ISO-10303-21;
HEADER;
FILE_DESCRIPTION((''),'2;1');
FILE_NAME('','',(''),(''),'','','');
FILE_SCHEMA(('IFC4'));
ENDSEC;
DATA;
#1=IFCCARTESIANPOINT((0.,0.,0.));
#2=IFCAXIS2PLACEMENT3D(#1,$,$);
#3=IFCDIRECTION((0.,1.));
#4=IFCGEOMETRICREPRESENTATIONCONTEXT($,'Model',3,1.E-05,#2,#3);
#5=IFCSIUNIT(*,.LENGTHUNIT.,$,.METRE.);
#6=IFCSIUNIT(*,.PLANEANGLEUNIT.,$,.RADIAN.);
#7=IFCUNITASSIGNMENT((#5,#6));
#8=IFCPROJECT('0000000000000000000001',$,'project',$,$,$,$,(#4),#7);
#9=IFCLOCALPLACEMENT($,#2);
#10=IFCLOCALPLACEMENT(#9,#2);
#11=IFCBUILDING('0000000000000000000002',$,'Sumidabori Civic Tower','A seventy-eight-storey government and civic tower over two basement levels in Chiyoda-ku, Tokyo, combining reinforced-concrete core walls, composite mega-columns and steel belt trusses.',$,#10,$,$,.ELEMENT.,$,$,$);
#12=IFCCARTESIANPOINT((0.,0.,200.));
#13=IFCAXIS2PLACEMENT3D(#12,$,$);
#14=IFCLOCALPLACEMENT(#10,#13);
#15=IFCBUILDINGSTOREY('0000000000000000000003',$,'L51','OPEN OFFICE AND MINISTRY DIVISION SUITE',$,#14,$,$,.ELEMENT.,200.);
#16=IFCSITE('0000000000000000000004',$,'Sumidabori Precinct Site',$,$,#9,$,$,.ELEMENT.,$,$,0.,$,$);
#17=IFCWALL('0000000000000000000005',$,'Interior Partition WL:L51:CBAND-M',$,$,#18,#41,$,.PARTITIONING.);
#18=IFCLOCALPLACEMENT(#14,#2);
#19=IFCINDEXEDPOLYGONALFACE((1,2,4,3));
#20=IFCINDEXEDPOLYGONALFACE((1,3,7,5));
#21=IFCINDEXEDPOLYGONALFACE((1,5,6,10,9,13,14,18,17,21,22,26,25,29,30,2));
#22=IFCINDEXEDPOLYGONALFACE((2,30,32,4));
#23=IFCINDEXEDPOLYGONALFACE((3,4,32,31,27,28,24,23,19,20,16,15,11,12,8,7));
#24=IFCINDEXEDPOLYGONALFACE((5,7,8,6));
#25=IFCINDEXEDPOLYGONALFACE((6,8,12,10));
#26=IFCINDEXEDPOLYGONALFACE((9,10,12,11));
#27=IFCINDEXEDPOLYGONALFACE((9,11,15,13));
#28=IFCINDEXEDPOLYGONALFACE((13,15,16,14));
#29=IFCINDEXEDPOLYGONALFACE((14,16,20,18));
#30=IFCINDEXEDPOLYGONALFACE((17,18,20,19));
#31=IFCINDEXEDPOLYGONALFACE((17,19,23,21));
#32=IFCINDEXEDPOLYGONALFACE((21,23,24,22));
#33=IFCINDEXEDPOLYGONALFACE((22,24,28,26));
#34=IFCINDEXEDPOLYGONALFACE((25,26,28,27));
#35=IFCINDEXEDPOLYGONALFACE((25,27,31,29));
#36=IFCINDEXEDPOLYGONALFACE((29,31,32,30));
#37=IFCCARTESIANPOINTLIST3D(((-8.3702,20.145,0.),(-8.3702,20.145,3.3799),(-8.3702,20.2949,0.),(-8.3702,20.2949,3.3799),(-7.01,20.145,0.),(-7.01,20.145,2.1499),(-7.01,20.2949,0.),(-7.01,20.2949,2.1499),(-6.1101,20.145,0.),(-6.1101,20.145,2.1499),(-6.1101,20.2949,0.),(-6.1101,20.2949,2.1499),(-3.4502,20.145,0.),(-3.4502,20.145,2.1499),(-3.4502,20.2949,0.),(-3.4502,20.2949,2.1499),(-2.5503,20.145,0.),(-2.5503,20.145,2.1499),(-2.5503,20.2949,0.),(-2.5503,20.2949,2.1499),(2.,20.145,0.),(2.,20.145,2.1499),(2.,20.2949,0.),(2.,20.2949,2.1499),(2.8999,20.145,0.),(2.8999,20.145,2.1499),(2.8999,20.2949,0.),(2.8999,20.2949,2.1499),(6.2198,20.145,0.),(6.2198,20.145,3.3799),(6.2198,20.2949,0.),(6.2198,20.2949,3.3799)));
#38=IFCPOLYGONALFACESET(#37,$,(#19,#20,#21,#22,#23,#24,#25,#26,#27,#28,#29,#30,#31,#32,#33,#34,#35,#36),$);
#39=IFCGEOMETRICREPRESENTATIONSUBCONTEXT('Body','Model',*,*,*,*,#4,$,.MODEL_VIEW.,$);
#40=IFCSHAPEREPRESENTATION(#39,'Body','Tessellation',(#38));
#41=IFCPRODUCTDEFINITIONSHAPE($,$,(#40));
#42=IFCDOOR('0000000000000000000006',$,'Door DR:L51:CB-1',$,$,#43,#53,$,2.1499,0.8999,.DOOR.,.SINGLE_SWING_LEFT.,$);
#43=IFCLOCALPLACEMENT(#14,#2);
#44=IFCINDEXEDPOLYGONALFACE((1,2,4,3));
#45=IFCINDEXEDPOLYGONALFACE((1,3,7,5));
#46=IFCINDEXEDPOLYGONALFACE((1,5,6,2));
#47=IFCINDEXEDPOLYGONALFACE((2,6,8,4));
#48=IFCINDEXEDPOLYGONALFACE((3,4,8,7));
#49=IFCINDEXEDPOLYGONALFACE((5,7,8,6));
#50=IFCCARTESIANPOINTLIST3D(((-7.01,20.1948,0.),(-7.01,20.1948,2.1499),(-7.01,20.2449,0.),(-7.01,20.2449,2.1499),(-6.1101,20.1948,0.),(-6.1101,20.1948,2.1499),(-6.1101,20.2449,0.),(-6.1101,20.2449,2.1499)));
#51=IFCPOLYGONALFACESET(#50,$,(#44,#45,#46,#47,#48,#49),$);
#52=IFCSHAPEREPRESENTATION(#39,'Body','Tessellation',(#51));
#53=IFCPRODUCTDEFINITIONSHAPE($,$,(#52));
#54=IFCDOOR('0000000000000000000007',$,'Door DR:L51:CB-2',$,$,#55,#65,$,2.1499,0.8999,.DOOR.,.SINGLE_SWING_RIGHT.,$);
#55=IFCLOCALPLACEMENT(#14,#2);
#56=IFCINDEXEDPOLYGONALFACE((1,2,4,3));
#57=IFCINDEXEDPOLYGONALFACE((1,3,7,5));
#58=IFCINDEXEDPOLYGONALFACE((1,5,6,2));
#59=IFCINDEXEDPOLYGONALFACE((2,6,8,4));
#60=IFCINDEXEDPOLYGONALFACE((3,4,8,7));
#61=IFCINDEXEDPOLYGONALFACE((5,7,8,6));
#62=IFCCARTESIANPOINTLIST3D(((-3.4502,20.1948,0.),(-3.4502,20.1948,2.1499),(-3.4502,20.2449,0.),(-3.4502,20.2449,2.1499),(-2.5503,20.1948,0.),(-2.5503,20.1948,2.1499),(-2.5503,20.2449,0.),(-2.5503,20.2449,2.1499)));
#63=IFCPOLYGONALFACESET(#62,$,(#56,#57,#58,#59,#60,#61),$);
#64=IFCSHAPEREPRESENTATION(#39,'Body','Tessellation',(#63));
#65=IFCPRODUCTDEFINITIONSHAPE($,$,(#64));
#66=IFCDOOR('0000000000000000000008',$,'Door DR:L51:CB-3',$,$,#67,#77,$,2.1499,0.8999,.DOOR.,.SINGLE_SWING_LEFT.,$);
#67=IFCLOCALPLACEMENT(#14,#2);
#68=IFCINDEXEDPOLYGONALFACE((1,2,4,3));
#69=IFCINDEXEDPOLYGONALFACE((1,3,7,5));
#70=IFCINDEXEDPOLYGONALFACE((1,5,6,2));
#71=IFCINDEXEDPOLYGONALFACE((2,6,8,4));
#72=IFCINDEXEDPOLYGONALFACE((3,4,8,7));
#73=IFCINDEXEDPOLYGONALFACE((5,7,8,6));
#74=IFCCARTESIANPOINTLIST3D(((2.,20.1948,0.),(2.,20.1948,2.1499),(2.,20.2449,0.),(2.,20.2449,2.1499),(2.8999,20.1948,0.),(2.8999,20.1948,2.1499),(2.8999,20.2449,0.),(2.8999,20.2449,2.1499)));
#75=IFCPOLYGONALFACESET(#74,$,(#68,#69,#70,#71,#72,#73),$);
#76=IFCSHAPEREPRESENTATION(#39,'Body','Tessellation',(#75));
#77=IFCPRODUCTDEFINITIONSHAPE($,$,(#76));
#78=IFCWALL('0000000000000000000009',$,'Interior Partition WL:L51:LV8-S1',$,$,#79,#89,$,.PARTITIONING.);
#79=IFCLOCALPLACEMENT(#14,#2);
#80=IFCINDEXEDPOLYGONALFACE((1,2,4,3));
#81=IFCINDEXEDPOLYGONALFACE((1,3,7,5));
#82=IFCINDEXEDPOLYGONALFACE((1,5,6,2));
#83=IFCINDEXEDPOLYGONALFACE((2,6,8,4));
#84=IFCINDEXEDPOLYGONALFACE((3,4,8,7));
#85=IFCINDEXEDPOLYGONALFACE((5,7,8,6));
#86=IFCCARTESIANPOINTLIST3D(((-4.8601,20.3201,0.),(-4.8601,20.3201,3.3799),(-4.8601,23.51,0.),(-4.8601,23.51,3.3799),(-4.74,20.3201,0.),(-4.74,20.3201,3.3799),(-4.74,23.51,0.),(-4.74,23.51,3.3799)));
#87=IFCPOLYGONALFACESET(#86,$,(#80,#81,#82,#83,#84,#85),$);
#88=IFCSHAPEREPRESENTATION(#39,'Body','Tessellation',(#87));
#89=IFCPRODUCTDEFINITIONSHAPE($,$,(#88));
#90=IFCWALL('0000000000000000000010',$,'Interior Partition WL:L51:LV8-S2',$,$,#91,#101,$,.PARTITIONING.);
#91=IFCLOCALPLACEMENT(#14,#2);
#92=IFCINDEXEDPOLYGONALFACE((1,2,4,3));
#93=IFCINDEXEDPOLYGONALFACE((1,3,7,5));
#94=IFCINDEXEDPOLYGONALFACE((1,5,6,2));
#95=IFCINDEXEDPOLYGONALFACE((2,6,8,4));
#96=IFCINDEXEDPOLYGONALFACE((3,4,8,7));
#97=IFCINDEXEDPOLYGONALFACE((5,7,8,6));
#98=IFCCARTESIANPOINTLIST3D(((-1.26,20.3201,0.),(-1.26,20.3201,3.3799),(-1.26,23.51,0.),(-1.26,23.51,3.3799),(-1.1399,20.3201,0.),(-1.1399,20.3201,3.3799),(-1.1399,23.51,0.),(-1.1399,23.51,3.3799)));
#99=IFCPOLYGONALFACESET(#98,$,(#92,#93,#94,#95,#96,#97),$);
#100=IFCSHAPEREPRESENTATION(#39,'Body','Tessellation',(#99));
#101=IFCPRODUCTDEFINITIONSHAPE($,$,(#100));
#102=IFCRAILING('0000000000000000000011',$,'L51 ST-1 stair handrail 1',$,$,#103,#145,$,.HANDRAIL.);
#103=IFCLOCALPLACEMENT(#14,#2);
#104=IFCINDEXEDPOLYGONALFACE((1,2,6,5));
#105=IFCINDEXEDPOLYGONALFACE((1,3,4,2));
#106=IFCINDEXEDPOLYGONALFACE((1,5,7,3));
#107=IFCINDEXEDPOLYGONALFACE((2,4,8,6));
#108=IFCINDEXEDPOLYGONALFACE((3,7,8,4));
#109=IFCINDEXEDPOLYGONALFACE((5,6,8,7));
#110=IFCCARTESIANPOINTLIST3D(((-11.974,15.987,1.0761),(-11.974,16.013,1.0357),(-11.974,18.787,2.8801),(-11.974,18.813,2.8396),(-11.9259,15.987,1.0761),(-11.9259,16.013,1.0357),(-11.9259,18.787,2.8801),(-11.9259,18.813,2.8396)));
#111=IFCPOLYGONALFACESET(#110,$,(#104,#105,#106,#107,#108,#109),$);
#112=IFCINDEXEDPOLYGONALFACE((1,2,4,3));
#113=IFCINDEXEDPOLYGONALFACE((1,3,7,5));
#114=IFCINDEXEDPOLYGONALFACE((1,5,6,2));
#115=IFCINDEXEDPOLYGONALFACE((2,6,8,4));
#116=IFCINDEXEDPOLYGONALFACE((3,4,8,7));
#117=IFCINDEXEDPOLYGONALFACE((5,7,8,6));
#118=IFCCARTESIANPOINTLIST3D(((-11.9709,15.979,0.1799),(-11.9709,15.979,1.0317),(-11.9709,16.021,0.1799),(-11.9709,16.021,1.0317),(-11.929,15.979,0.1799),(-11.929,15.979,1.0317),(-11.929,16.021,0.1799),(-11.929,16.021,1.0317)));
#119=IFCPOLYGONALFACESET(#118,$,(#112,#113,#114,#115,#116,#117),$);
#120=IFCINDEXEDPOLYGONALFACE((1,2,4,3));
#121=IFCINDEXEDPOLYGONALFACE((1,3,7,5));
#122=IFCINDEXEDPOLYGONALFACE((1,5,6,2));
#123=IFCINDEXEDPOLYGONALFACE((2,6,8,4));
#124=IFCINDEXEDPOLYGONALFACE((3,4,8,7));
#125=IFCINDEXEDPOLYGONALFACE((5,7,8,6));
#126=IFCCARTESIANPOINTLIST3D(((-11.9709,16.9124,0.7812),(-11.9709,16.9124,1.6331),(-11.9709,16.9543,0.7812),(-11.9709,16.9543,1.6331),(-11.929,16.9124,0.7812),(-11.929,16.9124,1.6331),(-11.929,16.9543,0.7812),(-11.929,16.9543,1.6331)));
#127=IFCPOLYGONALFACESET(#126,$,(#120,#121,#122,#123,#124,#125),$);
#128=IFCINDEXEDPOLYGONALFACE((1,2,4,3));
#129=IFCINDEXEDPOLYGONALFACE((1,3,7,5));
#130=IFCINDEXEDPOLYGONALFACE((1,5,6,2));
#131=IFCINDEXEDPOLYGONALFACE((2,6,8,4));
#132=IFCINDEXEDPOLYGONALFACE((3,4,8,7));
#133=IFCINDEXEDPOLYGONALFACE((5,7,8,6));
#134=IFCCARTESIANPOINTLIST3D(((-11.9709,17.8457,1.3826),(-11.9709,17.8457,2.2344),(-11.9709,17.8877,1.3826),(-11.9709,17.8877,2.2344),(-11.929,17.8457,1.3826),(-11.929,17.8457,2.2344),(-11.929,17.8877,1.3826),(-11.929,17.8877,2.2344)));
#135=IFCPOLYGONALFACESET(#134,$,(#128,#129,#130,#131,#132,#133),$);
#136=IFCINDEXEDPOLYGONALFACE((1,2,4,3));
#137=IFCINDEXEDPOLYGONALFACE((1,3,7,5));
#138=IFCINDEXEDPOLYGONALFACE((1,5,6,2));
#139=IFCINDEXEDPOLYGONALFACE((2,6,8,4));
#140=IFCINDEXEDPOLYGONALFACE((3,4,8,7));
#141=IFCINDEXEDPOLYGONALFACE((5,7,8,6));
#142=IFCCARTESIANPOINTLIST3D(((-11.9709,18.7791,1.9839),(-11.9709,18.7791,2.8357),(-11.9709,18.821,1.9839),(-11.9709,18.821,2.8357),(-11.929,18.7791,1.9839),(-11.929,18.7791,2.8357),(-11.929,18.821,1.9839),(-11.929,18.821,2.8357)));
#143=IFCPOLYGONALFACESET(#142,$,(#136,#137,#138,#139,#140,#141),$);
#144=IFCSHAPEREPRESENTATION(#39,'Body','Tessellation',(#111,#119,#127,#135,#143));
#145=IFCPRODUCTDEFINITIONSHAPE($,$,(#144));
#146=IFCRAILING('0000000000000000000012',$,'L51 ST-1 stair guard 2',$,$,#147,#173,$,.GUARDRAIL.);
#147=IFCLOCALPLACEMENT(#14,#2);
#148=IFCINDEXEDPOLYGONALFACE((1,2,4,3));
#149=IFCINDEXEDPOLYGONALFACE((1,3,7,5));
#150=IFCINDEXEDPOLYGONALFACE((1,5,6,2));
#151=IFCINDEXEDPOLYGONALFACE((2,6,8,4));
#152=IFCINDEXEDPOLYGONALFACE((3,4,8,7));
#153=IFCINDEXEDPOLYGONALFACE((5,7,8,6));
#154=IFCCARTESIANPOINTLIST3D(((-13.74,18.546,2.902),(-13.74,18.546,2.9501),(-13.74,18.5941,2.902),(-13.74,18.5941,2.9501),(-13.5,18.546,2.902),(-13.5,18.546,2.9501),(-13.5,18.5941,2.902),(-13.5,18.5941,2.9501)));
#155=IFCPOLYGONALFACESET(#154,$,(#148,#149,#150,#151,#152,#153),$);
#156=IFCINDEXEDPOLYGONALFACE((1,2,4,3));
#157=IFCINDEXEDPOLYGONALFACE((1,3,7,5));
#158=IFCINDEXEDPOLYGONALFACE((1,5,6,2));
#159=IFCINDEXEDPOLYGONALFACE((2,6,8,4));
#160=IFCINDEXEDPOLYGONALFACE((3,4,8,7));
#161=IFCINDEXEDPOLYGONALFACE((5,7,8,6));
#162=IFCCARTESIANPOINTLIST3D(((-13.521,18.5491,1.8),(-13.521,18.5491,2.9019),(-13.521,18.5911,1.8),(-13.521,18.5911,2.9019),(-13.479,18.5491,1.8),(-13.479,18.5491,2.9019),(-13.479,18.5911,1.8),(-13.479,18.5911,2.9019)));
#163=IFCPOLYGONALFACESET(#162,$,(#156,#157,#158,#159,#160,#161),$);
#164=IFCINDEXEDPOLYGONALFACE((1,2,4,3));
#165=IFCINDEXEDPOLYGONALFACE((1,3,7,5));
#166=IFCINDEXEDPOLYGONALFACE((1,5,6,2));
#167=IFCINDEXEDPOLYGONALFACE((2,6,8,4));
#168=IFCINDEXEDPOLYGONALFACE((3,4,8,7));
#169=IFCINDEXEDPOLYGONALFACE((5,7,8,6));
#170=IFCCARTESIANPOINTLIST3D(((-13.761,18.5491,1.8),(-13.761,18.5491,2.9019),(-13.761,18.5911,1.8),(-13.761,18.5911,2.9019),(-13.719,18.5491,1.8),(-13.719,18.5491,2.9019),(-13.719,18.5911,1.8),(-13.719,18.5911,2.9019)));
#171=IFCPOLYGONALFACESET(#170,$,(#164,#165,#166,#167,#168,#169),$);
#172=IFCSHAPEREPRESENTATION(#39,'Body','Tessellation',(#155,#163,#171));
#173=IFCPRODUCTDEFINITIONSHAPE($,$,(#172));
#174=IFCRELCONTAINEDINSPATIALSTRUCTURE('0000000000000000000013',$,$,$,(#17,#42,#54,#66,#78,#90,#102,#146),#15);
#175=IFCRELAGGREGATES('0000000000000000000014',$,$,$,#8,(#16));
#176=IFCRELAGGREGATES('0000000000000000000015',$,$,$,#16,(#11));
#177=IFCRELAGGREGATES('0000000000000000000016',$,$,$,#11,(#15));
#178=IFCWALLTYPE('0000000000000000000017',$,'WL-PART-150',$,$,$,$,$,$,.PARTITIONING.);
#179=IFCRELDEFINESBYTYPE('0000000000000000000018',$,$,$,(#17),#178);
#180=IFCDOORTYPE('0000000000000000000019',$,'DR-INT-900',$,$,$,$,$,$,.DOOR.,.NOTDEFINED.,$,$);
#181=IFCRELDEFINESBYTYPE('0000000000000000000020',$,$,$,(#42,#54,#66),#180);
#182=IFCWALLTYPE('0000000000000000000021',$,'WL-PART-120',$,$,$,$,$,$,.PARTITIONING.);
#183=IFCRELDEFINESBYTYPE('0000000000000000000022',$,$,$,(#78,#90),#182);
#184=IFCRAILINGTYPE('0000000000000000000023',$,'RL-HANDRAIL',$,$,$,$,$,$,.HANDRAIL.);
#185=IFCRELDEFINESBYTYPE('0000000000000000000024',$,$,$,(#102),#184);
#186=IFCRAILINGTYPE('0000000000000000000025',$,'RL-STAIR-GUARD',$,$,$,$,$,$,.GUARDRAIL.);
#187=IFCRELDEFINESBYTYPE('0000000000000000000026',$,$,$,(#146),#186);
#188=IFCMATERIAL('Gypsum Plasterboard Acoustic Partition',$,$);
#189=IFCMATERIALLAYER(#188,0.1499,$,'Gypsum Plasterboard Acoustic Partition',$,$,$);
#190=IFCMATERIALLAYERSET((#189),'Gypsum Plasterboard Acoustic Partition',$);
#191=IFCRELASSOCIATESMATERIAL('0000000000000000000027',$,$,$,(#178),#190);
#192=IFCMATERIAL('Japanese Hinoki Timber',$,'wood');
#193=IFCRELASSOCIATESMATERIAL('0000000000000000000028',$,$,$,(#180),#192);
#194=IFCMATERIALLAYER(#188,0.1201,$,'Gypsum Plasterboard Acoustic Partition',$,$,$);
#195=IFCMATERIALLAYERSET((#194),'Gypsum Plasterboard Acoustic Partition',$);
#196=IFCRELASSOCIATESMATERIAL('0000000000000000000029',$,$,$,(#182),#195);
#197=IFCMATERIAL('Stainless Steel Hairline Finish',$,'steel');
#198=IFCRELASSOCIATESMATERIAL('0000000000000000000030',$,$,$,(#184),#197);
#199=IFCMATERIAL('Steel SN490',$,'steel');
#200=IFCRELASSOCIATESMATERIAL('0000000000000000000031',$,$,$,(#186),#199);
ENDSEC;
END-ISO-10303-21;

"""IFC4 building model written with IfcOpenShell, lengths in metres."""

from ifc_helpers import new_model, si_unit, direction, frame, frame_2d, origin, origin_2d, place, context, subcontext, project, spatial, rectangle, extrude, source, transform, mapped, material, layer, layer_set, type_object, element, fill, save


model = new_model("IFC4")

# Units and contexts
model_context = context("Model", 3, precision=1e-05, world=origin(), true_north=direction((0.0, 1.0)))
body_context = subcontext(model_context, "Body", "Model", "MODEL_VIEW")
ifc_project = project(units=[si_unit("LENGTHUNIT", "METRE"), si_unit("PLANEANGLEUNIT", "RADIAN")], contexts=[model_context])

# Site, building, storey
site_placement = place(None, origin())
site = spatial("IfcSite", under=ifc_project, at=site_placement, Name="Sumidabori Precinct Site", CompositionType="ELEMENT", RefElevation=0.0)
building_placement = place(site_placement, origin())
building = spatial("IfcBuilding", under=site, at=building_placement, Name="Sumidabori Civic Tower", Description="A seventy-eight-storey government and civic tower over two basement levels in Chiyoda-ku, Tokyo, combining reinforced-concrete core walls, composite mega-columns and steel belt trusses.", CompositionType="ELEMENT")
storey_placement = place(building_placement, frame((0.0, 0.0, 200.0)))
storey = spatial("IfcBuildingStorey", under=building, at=storey_placement, Name="L51", Description="OPEN OFFICE AND MINISTRY DIVISION SUITE", CompositionType="ELEMENT", Elevation=200.0)

# Shared definitions
ifc_material_1 = material(Name="Gypsum Plasterboard Acoustic Partition")
ifc_layer_1 = layer(ifc_material_1, 0.1499, Name="Gypsum Plasterboard Acoustic Partition")
ifc_layer_set_1 = layer_set([ifc_layer_1], Name="Gypsum Plasterboard Acoustic Partition")
wall_type_1 = type_object("IfcWallType", Name="WL-PART-150", PredefinedType="PARTITIONING", material=ifc_layer_set_1)

# Wall, openings, doors
shared_shape_1 = source(origin(), body_context, "Body", "SweptSolid", [
    extrude(rectangle(XDim=14.5901, YDim=0.1499, at=frame_2d((7.2949, 0.0))), origin(), (0.0, 0.0, 1.0), 3.3799),
])
wall_1_placement = place(storey_placement, frame((-8.3701, 20.22, 0.0), z_axis=(0.0, 0.0, 1.0), x_axis=(1.0, 0.0, 0.0)))
wall_1 = element("IfcWall", 1, at=wall_1_placement, inside=storey, type_object=wall_type_1, Name="Interior Partition WL:L51:CBAND-M", PredefinedType="PARTITIONING", context=body_context, shape_type="MappedRepresentation", body=[
    mapped(shared_shape_1, transform((0.0, 0.0, 0.0), x_axis=(1.0, 0.0, 0.0), y_axis=(0.0, 1.0, 0.0), z_axis=(0.0, 0.0, 1.0), scale=1.0)),
])
opening_1_placement = place(wall_1_placement, frame((1.3601, 0.0, 0.0)))
opening_1 = element("IfcOpeningElement", 2, at=opening_1_placement, cuts=wall_1, PredefinedType="OPENING", context=body_context, shape_type="SweptSolid", body=[
    extrude(rectangle(XDim=0.8999, YDim=2.1499, at=frame_2d((0.45, 1.075))), frame((0.0, 0.0869, 0.0), z_axis=(0.0, -1.0, 0.0), x_axis=(1.0, 0.0, 0.0)), (0.0, 0.0, 1.0), 0.1738),
])
opening_2_placement = place(wall_1_placement, frame((4.9199, 0.0, 0.0)))
opening_2 = element("IfcOpeningElement", 3, at=opening_2_placement, cuts=wall_1, PredefinedType="OPENING", context=body_context, shape_type="SweptSolid", body=[
    extrude(rectangle(XDim=0.8999, YDim=2.1499, at=frame_2d((0.45, 1.075))), frame((0.0, 0.0869, 0.0), z_axis=(0.0, -1.0, 0.0), x_axis=(1.0, 0.0, 0.0)), (0.0, 0.0, 1.0), 0.1738),
])
opening_3_placement = place(wall_1_placement, frame((10.3701, 0.0, 0.0)))
opening_3 = element("IfcOpeningElement", 4, at=opening_3_placement, cuts=wall_1, PredefinedType="OPENING", context=body_context, shape_type="SweptSolid", body=[
    extrude(rectangle(XDim=0.8999, YDim=2.1499, at=frame_2d((0.45, 1.075))), frame((0.0, 0.0869, 0.0), z_axis=(0.0, -1.0, 0.0), x_axis=(1.0, 0.0, 0.0)), (0.0, 0.0, 1.0), 0.1738),
])
ifc_material_2 = material(Name="Japanese Hinoki Timber", Category="wood")
door_type = type_object("IfcDoorType", Name="DR-INT-900", OperationType="NOTDEFINED", PredefinedType="DOOR", material=ifc_material_2)
shared_shape_2 = source(origin(), body_context, "Body", "SweptSolid", [
    extrude(rectangle(XDim=0.8999, YDim=2.1499, at=frame_2d((0.45, 1.075))), frame((0.0, 0.0249, 0.0), z_axis=(0.0, -1.0, 0.0), x_axis=(1.0, 0.0, 0.0)), (0.0, 0.0, 1.0), 0.05),
])
door_1_placement = place(opening_1_placement, origin())
door_1 = element("IfcDoor", 5, at=door_1_placement, inside=storey, type_object=door_type, Name="Door DR:L51:CB-1", OperationType="SINGLE_SWING_LEFT", OverallHeight=2.1499, OverallWidth=0.8999, PredefinedType="DOOR", context=body_context, shape_type="MappedRepresentation", body=[
    mapped(shared_shape_2, transform((0.0, 0.0, 0.0), x_axis=(1.0, 0.0, 0.0), y_axis=(0.0, 1.0, 0.0), z_axis=(0.0, 0.0, 1.0), scale=1.0)),
])
fill(opening_1, door_1)
door_2_placement = place(opening_2_placement, origin())
door_2 = element("IfcDoor", 6, at=door_2_placement, inside=storey, type_object=door_type, Name="Door DR:L51:CB-2", OperationType="SINGLE_SWING_RIGHT", OverallHeight=2.1499, OverallWidth=0.8999, PredefinedType="DOOR", context=body_context, shape_type="MappedRepresentation", body=[
    mapped(shared_shape_2, transform((0.0, 0.0, 0.0), x_axis=(1.0, 0.0, 0.0), y_axis=(0.0, 1.0, 0.0), z_axis=(0.0, 0.0, 1.0), scale=1.0)),
])
fill(opening_2, door_2)
door_3_placement = place(opening_3_placement, origin())
door_3 = element("IfcDoor", 7, at=door_3_placement, inside=storey, type_object=door_type, Name="Door DR:L51:CB-3", OperationType="SINGLE_SWING_LEFT", OverallHeight=2.1499, OverallWidth=0.8999, PredefinedType="DOOR", context=body_context, shape_type="MappedRepresentation", body=[
    mapped(shared_shape_2, transform((0.0, 0.0, 0.0), x_axis=(1.0, 0.0, 0.0), y_axis=(0.0, 1.0, 0.0), z_axis=(0.0, 0.0, 1.0), scale=1.0)),
])
fill(opening_3, door_3)

# Walls
ifc_layer_2 = layer(ifc_material_1, 0.1201, Name="Gypsum Plasterboard Acoustic Partition")
ifc_layer_set_2 = layer_set([ifc_layer_2], Name="Gypsum Plasterboard Acoustic Partition")
wall_type_2 = type_object("IfcWallType", Name="WL-PART-120", PredefinedType="PARTITIONING", material=ifc_layer_set_2)
shared_shape_3 = source(origin(), body_context, "Body", "SweptSolid", [
    extrude(rectangle(XDim=3.1899, YDim=0.1201, at=frame_2d((1.595, 0.0))), origin(), (0.0, 0.0, 1.0), 3.3799),
])
for number, where, z_axis, x_axis, name in (
    (8, (-4.8, 20.3201, 0.0), (0.0, 0.0, 1.0), (0.0, 1.0, 0.0), "Interior Partition WL:L51:LV8-S1"),
    (9, (-1.2, 20.3201, 0.0), (0.0, 0.0, 1.0), (0.0, 1.0, 0.0), "Interior Partition WL:L51:LV8-S2"),
):
    element("IfcWall", number, at=place(storey_placement, frame(where, z_axis=z_axis, x_axis=x_axis)), inside=storey, type_object=wall_type_2, Name=name, PredefinedType="PARTITIONING", context=body_context, shape_type="MappedRepresentation", body=[
        mapped(shared_shape_3, transform((0.0, 0.0, 0.0), x_axis=(1.0, 0.0, 0.0), y_axis=(0.0, 1.0, 0.0), z_axis=(0.0, 0.0, 1.0), scale=1.0)),
    ])

# Railings
ifc_material_3 = material(Name="Stainless Steel Hairline Finish", Category="steel")
railing_type_1 = type_object("IfcRailingType", Name="RL-HANDRAIL", PredefinedType="HANDRAIL", material=ifc_material_3)
railing_1_placement = place(storey_placement, frame((-11.95, 16.0, 0.1799)))
element("IfcRailing", 10, at=railing_1_placement, inside=storey, type_object=railing_type_1, Name="L51 ST-1 stair handrail 1", PredefinedType="HANDRAIL", context=body_context, shape_type="SweptSolid", body=[
    extrude(rectangle(XDim=0.0481, YDim=0.0481, at=origin_2d()), frame((0.0, 0.0, 0.876), z_axis=(0.0, 0.840642, 0.541591), x_axis=(-1.0, 0.0, 0.0)), (0.0, 0.0, 1.0), 3.3308),
    extrude(rectangle(XDim=0.042, YDim=0.042, at=origin_2d()), origin(), (0.0, 0.0, 1.0), 0.8518),
    extrude(rectangle(XDim=0.042, YDim=0.042, at=origin_2d()), frame((0.0, 0.9333, 0.6013)), (0.0, 0.0, 1.0), 0.8518),
    extrude(rectangle(XDim=0.042, YDim=0.042, at=origin_2d()), frame((0.0, 1.8667, 1.2026)), (0.0, 0.0, 1.0), 0.8518),
    extrude(rectangle(XDim=0.042, YDim=0.042, at=origin_2d()), frame((0.0, 2.8, 1.804)), (0.0, 0.0, 1.0), 0.8518),
])
ifc_material_4 = material(Name="Steel SN490", Category="steel")
railing_type_2 = type_object("IfcRailingType", Name="RL-STAIR-GUARD", PredefinedType="GUARDRAIL", material=ifc_material_4)
railing_2_placement = place(storey_placement, frame((-13.5, 18.5701, 1.8)))
element("IfcRailing", 11, at=railing_2_placement, inside=storey, type_object=railing_type_2, Name="L51 ST-1 stair guard 2", PredefinedType="GUARDRAIL", context=body_context, shape_type="SweptSolid", body=[
    extrude(rectangle(XDim=0.0481, YDim=0.0481, at=origin_2d()), frame((0.0, 0.0, 1.126), z_axis=(-1.0, 0.0, 0.0), x_axis=(0.0, -1.0, 0.0)), (0.0, 0.0, 1.0), 0.24),
    extrude(rectangle(XDim=0.042, YDim=0.042, at=origin_2d()), origin(), (0.0, 0.0, 1.0), 1.1018),
    extrude(rectangle(XDim=0.042, YDim=0.042, at=origin_2d()), frame((-0.24, 0.0, 0.0)), (0.0, 0.0, 1.0), 1.1018),
])

save(model, "model.ifc")
